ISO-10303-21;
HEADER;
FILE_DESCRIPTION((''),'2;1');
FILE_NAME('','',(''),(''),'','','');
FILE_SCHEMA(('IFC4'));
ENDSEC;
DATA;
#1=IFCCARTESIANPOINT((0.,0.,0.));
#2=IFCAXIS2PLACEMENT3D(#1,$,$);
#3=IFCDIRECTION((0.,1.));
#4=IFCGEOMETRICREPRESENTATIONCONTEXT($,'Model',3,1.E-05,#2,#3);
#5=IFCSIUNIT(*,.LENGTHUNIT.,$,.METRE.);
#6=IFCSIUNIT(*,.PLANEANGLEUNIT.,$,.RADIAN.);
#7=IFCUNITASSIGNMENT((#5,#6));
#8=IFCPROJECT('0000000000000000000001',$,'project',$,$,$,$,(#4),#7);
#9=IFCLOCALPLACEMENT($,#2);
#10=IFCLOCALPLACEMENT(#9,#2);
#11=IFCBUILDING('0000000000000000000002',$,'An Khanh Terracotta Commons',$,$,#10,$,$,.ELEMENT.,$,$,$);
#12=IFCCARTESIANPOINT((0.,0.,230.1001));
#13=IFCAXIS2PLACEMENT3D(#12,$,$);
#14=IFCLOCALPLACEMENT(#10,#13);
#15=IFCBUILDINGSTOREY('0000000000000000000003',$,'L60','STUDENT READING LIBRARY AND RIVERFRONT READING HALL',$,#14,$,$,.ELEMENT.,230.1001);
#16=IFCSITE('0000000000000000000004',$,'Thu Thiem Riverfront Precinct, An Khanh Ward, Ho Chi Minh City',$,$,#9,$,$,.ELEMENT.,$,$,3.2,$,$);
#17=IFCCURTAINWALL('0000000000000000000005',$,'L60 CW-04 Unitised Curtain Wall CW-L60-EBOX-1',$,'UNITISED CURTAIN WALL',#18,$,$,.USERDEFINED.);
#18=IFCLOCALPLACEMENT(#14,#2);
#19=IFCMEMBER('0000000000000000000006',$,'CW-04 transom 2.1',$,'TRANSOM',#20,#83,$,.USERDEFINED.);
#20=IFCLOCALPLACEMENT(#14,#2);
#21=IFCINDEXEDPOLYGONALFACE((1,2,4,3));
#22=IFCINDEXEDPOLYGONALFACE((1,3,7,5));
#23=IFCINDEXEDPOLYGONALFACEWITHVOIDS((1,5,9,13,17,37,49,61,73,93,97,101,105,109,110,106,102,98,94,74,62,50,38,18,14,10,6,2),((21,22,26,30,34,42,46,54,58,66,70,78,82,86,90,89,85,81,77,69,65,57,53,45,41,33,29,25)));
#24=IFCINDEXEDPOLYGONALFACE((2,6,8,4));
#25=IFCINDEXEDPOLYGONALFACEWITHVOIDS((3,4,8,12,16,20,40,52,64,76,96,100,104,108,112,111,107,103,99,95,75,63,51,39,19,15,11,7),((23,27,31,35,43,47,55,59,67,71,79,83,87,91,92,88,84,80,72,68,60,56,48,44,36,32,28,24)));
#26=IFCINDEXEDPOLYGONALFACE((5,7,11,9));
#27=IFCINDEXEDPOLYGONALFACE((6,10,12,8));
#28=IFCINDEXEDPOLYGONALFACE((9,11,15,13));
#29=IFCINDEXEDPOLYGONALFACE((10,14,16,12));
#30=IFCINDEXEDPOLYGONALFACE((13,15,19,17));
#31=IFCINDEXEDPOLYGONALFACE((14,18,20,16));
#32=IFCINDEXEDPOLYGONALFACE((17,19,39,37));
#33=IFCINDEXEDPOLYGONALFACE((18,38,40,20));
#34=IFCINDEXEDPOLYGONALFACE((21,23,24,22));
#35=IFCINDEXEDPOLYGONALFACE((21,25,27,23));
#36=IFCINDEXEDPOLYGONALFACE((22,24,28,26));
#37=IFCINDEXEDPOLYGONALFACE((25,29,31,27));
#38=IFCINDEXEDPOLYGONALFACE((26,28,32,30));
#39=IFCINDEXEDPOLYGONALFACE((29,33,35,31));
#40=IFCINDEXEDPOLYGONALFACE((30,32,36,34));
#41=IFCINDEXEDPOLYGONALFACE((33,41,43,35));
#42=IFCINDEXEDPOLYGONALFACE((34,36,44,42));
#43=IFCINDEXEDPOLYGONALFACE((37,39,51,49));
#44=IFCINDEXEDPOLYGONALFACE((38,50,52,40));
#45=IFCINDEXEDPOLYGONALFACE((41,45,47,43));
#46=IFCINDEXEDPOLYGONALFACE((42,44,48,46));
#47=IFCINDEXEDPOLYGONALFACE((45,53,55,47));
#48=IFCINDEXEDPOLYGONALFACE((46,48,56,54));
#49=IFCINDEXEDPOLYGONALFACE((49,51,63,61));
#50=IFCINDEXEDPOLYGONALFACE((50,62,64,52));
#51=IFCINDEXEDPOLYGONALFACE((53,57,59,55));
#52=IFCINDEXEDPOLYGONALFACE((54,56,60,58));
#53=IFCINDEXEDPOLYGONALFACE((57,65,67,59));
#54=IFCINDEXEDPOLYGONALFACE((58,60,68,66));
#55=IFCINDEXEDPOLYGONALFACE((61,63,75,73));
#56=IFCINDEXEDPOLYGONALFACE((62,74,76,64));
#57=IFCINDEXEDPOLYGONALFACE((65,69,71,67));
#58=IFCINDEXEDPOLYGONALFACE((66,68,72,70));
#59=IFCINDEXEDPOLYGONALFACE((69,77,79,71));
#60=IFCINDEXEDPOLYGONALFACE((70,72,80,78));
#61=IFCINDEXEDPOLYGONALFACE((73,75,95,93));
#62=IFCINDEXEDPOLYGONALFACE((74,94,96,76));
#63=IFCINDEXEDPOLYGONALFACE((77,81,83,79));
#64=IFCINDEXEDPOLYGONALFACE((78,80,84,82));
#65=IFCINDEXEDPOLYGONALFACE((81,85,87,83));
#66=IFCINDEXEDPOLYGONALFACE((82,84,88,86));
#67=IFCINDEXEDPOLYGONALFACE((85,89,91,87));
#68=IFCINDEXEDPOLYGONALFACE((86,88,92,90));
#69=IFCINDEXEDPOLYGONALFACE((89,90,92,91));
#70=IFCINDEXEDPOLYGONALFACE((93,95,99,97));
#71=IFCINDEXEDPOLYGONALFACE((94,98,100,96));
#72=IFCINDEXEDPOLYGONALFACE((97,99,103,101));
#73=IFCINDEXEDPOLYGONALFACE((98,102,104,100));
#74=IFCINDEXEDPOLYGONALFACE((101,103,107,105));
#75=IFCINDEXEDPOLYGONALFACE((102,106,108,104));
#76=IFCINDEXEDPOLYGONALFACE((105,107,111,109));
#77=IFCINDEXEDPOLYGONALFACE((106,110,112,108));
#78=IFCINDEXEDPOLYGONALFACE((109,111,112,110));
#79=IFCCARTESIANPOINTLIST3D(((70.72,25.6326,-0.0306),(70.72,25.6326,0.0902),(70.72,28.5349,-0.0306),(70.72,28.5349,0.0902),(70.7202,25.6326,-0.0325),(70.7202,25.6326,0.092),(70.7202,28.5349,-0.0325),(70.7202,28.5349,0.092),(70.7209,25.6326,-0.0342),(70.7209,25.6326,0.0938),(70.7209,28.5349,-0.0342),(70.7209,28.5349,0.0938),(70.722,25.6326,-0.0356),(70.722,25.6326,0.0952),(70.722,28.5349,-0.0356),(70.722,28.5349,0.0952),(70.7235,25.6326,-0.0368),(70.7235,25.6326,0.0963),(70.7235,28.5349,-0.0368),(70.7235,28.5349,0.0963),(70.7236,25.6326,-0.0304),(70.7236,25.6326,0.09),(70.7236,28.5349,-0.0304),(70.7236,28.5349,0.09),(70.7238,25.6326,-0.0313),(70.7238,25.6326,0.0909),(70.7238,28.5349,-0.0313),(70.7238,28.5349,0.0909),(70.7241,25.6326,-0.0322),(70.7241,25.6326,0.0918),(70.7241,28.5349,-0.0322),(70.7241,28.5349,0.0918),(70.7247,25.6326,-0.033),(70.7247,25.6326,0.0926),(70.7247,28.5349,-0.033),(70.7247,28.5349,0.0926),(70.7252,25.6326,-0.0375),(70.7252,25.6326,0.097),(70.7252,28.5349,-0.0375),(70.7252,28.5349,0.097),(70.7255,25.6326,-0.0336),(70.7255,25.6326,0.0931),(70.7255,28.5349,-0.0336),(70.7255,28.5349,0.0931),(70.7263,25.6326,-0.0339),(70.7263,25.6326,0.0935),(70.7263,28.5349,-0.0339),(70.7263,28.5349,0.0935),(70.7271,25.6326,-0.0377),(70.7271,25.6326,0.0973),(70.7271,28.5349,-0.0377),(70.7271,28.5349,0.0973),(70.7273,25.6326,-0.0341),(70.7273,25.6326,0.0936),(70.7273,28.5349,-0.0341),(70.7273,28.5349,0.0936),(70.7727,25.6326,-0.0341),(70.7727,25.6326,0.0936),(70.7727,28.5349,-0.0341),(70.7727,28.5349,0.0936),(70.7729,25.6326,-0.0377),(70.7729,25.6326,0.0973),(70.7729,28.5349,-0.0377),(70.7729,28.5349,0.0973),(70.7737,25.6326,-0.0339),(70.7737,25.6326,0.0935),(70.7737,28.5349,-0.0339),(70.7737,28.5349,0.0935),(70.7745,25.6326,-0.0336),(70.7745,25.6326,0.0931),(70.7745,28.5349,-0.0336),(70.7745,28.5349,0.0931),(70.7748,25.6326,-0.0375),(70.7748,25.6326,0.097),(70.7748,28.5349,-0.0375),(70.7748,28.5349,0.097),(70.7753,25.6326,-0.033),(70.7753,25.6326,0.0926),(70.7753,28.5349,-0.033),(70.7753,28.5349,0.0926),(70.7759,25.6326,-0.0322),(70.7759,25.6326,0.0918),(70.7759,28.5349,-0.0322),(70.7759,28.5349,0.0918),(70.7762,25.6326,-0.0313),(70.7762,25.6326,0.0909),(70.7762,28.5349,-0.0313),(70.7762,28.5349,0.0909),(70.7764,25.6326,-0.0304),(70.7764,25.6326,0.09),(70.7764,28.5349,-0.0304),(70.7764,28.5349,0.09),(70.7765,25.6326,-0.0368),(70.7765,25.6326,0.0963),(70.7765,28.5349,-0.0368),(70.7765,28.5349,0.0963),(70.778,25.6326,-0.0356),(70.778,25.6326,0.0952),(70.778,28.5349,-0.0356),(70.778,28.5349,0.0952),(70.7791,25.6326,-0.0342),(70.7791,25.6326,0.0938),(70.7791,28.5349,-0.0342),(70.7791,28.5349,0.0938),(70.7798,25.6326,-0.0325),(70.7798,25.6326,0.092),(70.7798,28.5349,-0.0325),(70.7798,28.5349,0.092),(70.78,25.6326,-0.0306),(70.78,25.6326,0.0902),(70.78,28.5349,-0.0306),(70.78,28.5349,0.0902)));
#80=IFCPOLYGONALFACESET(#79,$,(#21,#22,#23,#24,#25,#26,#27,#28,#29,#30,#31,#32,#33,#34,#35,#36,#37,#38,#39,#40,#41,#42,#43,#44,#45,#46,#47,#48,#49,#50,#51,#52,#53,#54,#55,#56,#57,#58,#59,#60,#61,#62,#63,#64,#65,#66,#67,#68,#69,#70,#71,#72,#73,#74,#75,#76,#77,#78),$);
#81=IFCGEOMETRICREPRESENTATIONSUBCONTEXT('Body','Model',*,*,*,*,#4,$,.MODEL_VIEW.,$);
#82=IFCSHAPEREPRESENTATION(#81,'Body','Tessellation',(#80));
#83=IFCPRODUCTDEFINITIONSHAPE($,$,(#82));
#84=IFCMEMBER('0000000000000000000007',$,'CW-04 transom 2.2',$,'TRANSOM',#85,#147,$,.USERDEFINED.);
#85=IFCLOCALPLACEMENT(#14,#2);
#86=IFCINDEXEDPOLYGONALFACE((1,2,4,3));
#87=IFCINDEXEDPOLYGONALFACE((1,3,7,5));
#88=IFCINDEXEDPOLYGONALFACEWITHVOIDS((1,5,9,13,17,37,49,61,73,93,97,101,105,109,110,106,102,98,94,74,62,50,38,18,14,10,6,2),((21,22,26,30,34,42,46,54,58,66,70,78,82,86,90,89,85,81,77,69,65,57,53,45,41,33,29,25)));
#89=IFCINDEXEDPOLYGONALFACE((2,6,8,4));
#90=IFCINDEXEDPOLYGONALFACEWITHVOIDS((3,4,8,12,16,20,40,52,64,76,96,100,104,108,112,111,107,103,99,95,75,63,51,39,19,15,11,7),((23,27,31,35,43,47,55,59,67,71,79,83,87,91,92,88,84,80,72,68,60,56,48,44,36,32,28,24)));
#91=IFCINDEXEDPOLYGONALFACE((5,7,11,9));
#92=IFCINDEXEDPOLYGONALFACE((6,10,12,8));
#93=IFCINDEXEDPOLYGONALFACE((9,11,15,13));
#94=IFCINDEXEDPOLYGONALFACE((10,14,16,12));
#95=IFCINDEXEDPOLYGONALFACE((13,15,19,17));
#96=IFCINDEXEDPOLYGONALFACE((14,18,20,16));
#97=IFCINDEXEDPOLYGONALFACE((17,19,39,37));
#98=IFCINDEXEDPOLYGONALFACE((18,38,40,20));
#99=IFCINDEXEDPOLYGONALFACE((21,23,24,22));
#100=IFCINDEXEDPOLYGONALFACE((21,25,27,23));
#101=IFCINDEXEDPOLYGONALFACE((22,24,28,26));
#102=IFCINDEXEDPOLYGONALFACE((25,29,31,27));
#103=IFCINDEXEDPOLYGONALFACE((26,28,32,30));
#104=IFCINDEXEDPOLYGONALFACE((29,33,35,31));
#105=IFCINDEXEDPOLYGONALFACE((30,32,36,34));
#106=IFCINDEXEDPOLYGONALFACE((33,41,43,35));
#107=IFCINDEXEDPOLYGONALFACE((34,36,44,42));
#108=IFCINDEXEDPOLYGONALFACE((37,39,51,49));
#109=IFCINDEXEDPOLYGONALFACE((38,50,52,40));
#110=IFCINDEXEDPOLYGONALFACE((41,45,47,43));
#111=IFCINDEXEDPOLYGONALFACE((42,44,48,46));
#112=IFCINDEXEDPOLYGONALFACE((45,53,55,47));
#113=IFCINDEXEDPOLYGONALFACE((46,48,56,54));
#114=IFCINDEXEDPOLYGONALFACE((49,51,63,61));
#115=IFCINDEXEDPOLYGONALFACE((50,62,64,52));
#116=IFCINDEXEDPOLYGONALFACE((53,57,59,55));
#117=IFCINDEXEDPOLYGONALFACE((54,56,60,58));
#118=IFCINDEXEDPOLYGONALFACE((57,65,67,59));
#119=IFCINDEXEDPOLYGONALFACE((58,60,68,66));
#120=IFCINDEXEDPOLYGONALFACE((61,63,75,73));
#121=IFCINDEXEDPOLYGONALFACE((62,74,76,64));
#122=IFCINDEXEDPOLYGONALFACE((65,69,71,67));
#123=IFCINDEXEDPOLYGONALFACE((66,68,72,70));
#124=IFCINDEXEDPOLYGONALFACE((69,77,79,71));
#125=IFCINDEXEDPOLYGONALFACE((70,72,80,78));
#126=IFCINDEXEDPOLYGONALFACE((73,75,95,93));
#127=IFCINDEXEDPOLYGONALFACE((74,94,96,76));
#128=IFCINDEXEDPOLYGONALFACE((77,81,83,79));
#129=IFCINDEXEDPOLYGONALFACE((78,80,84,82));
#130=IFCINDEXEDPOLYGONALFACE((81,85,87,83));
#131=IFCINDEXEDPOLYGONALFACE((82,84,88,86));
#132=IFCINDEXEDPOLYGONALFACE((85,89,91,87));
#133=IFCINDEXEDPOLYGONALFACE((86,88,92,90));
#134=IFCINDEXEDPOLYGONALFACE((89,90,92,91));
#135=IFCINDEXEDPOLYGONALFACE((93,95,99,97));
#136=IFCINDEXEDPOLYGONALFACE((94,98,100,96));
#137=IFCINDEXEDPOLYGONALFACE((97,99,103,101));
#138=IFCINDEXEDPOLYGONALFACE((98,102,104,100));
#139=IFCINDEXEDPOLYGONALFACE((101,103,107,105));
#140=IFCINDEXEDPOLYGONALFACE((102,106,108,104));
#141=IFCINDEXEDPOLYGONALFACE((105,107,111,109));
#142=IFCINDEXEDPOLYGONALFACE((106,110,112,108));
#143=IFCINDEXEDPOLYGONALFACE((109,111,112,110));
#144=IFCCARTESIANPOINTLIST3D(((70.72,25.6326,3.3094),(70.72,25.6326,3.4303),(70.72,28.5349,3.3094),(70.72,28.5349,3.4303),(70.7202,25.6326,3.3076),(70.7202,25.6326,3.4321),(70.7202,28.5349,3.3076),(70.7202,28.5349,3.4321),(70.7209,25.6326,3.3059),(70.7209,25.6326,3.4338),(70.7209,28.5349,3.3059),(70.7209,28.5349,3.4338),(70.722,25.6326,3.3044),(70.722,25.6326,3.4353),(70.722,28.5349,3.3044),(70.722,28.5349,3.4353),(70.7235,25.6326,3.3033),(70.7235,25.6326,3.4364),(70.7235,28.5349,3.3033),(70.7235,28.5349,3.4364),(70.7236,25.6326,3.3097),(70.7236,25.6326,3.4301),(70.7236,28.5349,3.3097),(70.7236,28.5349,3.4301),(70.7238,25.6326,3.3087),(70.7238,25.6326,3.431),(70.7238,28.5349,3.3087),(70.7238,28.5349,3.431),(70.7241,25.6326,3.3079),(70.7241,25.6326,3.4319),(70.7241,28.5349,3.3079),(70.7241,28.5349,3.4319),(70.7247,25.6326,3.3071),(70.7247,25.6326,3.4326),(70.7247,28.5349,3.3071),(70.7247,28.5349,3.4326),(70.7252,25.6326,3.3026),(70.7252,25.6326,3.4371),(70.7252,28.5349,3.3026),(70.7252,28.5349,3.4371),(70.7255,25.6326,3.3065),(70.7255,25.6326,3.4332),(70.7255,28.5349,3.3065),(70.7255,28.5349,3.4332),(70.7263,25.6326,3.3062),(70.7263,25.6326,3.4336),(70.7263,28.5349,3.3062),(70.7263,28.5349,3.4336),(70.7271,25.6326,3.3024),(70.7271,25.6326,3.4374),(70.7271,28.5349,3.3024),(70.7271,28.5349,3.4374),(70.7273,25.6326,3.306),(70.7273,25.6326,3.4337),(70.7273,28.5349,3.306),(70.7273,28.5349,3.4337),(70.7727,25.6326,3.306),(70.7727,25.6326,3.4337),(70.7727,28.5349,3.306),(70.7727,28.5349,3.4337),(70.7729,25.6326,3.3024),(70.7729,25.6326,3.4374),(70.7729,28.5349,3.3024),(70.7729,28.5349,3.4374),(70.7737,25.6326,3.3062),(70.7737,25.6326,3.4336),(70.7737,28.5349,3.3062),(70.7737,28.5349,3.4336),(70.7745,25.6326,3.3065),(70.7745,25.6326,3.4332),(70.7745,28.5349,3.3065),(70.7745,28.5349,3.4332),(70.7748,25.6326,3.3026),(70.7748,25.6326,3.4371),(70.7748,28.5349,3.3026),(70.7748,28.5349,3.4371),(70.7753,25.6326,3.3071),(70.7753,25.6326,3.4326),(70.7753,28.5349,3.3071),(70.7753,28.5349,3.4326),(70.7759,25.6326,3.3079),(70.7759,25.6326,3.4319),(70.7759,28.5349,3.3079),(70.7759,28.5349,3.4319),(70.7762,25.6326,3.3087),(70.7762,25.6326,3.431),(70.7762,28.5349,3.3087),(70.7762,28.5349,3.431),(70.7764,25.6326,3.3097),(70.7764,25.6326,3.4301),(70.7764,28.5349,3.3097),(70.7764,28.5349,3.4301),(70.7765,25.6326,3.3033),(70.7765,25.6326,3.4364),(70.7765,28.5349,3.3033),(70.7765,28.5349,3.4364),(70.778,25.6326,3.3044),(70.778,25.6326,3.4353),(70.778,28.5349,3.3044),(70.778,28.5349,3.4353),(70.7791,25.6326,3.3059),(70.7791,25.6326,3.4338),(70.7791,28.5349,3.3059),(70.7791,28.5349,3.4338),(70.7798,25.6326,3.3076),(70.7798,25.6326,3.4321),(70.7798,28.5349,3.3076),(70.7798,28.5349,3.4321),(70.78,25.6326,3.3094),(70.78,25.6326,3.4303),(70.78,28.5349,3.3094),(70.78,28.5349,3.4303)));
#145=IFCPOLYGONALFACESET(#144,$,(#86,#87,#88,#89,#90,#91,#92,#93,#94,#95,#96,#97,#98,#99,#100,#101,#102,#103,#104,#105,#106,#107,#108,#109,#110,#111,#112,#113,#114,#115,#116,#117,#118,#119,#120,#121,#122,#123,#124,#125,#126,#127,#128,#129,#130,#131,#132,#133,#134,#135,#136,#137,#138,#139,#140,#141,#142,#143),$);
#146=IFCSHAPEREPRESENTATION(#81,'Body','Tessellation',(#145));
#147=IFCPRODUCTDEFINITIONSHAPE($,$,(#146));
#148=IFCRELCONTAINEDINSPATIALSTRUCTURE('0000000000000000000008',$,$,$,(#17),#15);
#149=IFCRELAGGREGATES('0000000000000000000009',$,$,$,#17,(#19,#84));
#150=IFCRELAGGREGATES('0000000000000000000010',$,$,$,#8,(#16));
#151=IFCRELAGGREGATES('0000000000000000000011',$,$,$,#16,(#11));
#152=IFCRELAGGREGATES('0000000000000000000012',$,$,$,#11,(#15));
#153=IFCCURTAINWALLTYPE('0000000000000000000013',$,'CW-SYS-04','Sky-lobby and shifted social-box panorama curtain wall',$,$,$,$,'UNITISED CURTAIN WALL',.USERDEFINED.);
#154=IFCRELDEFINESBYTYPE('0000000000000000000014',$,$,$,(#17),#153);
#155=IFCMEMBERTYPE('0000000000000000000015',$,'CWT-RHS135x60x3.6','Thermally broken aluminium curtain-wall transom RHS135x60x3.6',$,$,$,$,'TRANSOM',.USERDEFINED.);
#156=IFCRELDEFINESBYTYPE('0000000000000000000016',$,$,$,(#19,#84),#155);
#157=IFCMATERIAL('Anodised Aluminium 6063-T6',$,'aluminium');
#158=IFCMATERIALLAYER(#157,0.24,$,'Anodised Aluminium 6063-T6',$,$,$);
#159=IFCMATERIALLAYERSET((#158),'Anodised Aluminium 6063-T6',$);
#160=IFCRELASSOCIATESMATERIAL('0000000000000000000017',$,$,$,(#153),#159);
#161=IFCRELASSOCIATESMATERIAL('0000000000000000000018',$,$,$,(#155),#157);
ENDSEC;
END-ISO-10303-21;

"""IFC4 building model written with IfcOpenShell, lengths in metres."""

from ifc_helpers import new_model, si_unit, direction, frame, origin, origin_2d, place, context, subcontext, project, spatial, hollow_rectangle, extrude, material, layer, layer_set, material_profile, profile_set, type_object, element, aggregate, save


model = new_model("IFC4")

# Units and contexts
model_context = context("Model", 3, precision=1e-05, world=origin(), true_north=direction((0.0, 1.0)))
body_context = subcontext(model_context, "Body", "Model", "MODEL_VIEW")
ifc_project = project(units=[si_unit("LENGTHUNIT", "METRE"), si_unit("PLANEANGLEUNIT", "RADIAN")], contexts=[model_context])

# Site, building, storey
site_placement = place(None, origin())
site = spatial("IfcSite", under=ifc_project, at=site_placement, Name="Thu Thiem Riverfront Precinct, An Khanh Ward, Ho Chi Minh City", CompositionType="ELEMENT", RefElevation=3.2)
building_placement = place(site_placement, origin())
building = spatial("IfcBuilding", under=site, at=building_placement, Name="An Khanh Terracotta Commons", CompositionType="ELEMENT")
storey_placement = place(building_placement, frame((0.0, 0.0, 230.1001)))
storey = spatial("IfcBuildingStorey", under=building, at=storey_placement, Name="L60", Description="STUDENT READING LIBRARY AND RIVERFRONT READING HALL", CompositionType="ELEMENT", Elevation=230.1001)

# Curtain wall
ifc_material_1 = material(Name="Anodised Aluminium 6063-T6", Category="aluminium")
ifc_layer_1 = layer(ifc_material_1, 0.24, Name="Anodised Aluminium 6063-T6")
ifc_layer_set_1 = layer_set([ifc_layer_1], Name="Anodised Aluminium 6063-T6")
curtain_wall_type_1 = type_object("IfcCurtainWallType", Name="CW-SYS-04", Description="Sky-lobby and shifted social-box panorama curtain wall", ElementType="UNITISED CURTAIN WALL", PredefinedType="USERDEFINED", material=ifc_layer_set_1)
curtain_wall_1_placement = place(storey_placement, origin())
curtain_wall_1 = element("IfcCurtainWall", 1, at=curtain_wall_1_placement, inside=storey, type_object=curtain_wall_type_1, Name="L60 CW-04 Unitised Curtain Wall CW-L60-EBOX-1", ObjectType="UNITISED CURTAIN WALL", PredefinedType="USERDEFINED")

# Members
ifc_material_profile_1 = material_profile(ifc_material_1, hollow_rectangle(XDim=0.0601, YDim=0.135, WallThickness=0.0037, InnerFilletRadius=0.0037, OuterFilletRadius=0.0071, at=origin_2d()), Name="RHS135x60x3.6")
ifc_profile_set_1 = profile_set([ifc_material_profile_1], Name="Anodised Aluminium 6063-T6")
member_type_1 = type_object("IfcMemberType", Name="CWT-RHS135x60x3.6", Description="Thermally broken aluminium curtain-wall transom RHS135x60x3.6", ElementType="TRANSOM", PredefinedType="USERDEFINED", material=ifc_profile_set_1)
member_1_placement = place(storey_placement, frame((70.75, 25.6326, 0.0298), z_axis=(0.0, 1.0, 0.0), x_axis=(-1.0, 0.0, 0.0)))
member_1 = element("IfcMember", 2, at=member_1_placement, type_object=member_type_1, Name="CW-04 transom 2.1", ObjectType="TRANSOM", PredefinedType="USERDEFINED", context=body_context, shape_type="SweptSolid", body=[
    extrude(hollow_rectangle(XDim=0.0601, YDim=0.135, WallThickness=0.0037, InnerFilletRadius=0.0037, OuterFilletRadius=0.0071, at=origin_2d()), origin(), (0.0, 0.0, 1.0), 2.9023),
])
member_2_placement = place(storey_placement, frame((70.75, 25.6326, 3.3699), z_axis=(0.0, 1.0, 0.0), x_axis=(-1.0, 0.0, 0.0)))
member_2 = element("IfcMember", 3, at=member_2_placement, type_object=member_type_1, Name="CW-04 transom 2.2", ObjectType="TRANSOM", PredefinedType="USERDEFINED", context=body_context, shape_type="SweptSolid", body=[
    extrude(hollow_rectangle(XDim=0.0601, YDim=0.135, WallThickness=0.0037, InnerFilletRadius=0.0037, OuterFilletRadius=0.0071, at=origin_2d()), origin(), (0.0, 0.0, 1.0), 2.9023),
])

aggregate(curtain_wall_1, [member_1, member_2])

save(model, "model.ifc")
